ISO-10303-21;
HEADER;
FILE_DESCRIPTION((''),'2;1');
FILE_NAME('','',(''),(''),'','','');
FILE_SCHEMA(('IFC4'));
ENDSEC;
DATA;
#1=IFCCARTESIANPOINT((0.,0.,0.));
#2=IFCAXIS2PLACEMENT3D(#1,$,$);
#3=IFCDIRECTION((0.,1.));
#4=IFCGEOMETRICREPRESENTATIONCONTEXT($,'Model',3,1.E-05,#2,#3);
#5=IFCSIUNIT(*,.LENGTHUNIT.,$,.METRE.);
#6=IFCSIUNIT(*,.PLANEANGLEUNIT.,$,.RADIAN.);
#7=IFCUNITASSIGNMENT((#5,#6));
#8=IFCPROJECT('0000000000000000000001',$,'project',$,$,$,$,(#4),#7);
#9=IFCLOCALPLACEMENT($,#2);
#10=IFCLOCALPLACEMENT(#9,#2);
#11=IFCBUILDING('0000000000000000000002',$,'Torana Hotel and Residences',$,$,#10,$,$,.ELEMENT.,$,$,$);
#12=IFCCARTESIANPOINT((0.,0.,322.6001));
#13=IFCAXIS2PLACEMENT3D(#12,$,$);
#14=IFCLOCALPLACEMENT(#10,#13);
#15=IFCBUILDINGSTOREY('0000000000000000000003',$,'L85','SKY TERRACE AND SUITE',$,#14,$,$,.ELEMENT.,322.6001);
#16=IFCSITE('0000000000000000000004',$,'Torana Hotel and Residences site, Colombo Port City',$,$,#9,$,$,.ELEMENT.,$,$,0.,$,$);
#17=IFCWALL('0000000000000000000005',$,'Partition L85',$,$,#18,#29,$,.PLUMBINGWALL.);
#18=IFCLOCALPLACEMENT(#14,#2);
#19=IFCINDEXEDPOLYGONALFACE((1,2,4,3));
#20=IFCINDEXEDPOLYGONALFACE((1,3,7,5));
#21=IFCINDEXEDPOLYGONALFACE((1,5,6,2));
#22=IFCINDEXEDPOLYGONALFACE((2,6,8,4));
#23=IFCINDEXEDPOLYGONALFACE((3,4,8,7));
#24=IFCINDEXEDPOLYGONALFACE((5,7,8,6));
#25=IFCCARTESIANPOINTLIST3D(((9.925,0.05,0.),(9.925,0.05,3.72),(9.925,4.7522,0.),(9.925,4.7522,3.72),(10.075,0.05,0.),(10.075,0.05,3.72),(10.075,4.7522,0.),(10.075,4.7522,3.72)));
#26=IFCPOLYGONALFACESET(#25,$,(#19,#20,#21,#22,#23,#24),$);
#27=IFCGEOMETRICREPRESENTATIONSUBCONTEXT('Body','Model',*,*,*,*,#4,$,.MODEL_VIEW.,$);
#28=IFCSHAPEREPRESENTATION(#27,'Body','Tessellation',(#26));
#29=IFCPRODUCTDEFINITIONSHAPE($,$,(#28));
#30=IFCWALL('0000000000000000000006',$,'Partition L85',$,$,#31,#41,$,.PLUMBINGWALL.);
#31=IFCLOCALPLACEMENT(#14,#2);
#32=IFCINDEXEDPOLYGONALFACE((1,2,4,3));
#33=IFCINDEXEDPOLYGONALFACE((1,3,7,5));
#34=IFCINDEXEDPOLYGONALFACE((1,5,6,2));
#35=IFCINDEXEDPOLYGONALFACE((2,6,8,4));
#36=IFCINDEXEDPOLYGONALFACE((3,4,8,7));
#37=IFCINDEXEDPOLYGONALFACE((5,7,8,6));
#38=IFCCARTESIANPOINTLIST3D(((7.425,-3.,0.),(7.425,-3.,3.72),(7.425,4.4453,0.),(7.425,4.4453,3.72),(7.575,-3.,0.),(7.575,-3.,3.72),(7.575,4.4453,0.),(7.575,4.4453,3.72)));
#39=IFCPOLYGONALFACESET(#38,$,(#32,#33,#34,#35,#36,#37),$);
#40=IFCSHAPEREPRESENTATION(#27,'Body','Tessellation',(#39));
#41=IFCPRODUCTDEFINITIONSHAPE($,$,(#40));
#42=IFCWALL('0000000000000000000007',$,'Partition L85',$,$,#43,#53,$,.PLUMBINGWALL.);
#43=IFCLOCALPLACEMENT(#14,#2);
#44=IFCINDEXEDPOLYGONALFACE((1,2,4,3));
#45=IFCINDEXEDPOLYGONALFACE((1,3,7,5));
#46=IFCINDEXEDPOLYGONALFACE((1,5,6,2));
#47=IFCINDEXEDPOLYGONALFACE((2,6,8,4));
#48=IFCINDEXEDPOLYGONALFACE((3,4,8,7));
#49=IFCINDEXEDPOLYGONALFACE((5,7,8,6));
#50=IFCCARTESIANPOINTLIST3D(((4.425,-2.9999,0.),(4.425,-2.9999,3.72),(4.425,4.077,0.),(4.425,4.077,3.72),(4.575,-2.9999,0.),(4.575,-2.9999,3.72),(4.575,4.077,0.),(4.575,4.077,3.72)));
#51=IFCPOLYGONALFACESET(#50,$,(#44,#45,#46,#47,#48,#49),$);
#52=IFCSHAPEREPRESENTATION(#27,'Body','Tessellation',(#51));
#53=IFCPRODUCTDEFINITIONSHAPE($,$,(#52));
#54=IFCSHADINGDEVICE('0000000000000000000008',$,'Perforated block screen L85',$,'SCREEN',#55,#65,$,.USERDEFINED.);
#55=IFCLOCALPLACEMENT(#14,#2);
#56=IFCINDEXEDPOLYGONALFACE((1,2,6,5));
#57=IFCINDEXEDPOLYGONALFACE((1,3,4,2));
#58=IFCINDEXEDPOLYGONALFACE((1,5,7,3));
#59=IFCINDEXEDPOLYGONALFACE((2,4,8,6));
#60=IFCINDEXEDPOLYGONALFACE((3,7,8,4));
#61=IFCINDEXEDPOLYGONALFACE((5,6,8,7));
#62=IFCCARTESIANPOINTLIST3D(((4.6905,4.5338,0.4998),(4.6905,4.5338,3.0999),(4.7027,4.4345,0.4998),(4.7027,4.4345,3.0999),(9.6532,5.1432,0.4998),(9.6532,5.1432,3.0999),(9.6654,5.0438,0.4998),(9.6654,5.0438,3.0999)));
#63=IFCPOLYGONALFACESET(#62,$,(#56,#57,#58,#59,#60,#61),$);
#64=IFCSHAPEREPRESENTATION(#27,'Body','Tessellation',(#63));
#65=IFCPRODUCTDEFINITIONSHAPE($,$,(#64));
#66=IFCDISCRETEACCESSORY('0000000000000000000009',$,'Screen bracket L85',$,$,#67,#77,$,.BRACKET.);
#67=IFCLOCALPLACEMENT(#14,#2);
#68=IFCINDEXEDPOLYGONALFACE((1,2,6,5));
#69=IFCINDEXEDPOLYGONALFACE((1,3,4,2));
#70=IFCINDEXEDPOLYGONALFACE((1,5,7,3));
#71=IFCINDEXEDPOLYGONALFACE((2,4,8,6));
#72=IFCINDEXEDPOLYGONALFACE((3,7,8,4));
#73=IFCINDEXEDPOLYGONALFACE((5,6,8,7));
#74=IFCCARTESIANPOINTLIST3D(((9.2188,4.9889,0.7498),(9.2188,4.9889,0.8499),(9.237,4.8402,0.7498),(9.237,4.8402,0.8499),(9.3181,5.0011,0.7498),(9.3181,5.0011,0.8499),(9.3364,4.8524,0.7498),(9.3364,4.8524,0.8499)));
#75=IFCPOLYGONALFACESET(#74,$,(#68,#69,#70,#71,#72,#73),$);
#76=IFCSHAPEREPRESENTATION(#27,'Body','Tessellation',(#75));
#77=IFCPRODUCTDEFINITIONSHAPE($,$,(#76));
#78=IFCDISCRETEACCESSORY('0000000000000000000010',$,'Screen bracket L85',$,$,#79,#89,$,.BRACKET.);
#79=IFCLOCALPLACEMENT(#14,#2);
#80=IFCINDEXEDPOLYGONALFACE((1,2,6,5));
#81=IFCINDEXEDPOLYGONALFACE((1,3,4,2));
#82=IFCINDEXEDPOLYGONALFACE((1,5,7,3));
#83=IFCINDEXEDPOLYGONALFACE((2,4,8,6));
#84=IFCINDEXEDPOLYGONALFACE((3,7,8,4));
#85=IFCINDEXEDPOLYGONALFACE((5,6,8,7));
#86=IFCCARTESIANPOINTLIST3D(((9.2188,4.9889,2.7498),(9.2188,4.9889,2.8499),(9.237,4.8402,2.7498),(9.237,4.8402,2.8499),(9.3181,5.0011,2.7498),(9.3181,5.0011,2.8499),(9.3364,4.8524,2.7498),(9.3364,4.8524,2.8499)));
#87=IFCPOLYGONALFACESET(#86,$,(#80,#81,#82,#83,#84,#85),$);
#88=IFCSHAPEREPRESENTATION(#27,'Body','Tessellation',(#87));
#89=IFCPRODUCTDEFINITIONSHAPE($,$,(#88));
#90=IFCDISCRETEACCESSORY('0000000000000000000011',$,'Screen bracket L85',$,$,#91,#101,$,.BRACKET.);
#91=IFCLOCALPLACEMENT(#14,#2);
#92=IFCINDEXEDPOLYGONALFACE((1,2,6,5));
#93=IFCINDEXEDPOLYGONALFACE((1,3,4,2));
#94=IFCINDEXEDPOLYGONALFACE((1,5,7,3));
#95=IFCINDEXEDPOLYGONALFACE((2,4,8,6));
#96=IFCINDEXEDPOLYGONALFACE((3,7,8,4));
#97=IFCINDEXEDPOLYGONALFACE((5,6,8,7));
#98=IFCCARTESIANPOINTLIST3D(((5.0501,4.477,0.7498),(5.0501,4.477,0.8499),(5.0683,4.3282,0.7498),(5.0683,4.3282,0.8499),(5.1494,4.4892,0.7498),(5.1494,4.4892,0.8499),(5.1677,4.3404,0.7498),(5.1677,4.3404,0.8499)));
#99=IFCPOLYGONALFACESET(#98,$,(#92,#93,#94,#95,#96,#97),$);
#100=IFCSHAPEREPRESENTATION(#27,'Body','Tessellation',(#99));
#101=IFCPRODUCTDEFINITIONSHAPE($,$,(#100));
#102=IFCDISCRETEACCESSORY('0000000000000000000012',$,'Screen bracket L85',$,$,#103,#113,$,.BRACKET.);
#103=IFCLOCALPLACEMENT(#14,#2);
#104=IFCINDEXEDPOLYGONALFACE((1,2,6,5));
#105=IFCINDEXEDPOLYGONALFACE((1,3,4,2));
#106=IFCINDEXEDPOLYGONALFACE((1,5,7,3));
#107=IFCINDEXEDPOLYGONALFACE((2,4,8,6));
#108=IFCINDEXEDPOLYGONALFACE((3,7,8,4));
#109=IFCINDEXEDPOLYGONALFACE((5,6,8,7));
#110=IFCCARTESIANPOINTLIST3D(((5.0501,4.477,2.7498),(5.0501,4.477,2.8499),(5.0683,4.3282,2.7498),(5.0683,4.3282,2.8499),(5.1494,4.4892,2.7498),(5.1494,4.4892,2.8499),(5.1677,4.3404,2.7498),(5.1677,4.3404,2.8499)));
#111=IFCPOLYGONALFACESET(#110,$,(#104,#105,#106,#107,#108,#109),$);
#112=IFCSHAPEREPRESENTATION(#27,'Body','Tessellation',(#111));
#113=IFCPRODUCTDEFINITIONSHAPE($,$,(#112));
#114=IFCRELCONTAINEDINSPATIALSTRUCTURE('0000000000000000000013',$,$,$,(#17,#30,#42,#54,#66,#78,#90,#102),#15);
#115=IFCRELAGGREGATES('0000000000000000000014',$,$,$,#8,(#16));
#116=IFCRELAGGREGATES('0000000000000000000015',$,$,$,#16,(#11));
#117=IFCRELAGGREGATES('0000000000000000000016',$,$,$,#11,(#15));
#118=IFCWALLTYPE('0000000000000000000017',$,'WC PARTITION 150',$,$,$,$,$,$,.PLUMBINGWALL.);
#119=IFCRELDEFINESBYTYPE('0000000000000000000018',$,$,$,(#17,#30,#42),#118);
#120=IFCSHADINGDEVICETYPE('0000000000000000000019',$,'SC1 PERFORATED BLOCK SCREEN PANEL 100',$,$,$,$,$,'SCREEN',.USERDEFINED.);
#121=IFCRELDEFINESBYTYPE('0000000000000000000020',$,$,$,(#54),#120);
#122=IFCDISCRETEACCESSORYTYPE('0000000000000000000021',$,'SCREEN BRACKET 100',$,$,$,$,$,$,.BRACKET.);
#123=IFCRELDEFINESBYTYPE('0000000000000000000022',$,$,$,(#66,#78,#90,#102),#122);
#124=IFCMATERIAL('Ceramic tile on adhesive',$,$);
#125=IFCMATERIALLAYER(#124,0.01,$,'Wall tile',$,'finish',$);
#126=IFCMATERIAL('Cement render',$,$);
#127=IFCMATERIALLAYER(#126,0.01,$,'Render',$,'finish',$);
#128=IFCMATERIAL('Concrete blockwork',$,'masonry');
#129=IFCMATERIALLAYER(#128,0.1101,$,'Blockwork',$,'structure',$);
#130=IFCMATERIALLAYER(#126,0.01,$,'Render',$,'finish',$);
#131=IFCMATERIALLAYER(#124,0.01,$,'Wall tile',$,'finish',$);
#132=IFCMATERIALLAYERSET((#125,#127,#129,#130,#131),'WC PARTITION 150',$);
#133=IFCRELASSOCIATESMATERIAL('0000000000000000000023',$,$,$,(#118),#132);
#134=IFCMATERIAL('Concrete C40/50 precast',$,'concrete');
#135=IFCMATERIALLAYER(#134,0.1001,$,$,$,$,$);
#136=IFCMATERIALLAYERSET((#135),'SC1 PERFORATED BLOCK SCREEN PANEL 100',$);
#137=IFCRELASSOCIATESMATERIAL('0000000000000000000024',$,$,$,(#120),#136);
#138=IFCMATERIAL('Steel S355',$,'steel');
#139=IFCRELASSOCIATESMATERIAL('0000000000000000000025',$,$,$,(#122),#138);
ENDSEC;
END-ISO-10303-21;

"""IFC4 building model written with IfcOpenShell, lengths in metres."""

from ifc_helpers import new_model, si_unit, direction, frame, frame_2d, origin, origin_2d, place, context, subcontext, project, spatial, rectangle, extrude, material, layer, layer_set, type_object, element, save


model = new_model("IFC4")

# Units and contexts
model_context = context("Model", 3, precision=1e-05, world=origin(), true_north=direction((0.0, 1.0)))
body_context = subcontext(model_context, "Body", "Model", "MODEL_VIEW")
ifc_project = project(units=[si_unit("LENGTHUNIT", "METRE"), si_unit("PLANEANGLEUNIT", "RADIAN")], contexts=[model_context])

# Site, building, storey
site_placement = place(None, origin())
site = spatial("IfcSite", under=ifc_project, at=site_placement, Name="Torana Hotel and Residences site, Colombo Port City", CompositionType="ELEMENT", RefElevation=0.0)
building_placement = place(site_placement, origin())
building = spatial("IfcBuilding", under=site, at=building_placement, Name="Torana Hotel and Residences", CompositionType="ELEMENT")
storey_placement = place(building_placement, frame((0.0, 0.0, 322.6001)))
storey = spatial("IfcBuildingStorey", under=building, at=storey_placement, Name="L85", Description="SKY TERRACE AND SUITE", CompositionType="ELEMENT", Elevation=322.6001)

# Walls
ifc_material_1 = material(Name="Concrete blockwork", Category="masonry")
ifc_material_2 = material(Name="Ceramic tile on adhesive")
ifc_layer_1 = layer(ifc_material_2, 0.01, Name="Wall tile", Category="finish")
ifc_material_3 = material(Name="Cement render")
ifc_layer_2 = layer(ifc_material_3, 0.01, Name="Render", Category="finish")
ifc_layer_3 = layer(ifc_material_1, 0.1101, Name="Blockwork", Category="structure")
ifc_layer_4 = layer(ifc_material_3, 0.01, Name="Render", Category="finish")
ifc_layer_5 = layer(ifc_material_2, 0.01, Name="Wall tile", Category="finish")
ifc_layer_set_1 = layer_set([ifc_layer_1, ifc_layer_2, ifc_layer_3, ifc_layer_4, ifc_layer_5], Name="WC PARTITION 150")
wall_type_1 = type_object("IfcWallType", Name="WC PARTITION 150", PredefinedType="PLUMBINGWALL", material=ifc_layer_set_1)
wall_1_placement = place(storey_placement, frame((10.0, 0.05, 0.0), z_axis=(0.0, 0.0, 1.0), x_axis=(0.0, 1.0, 0.0)))
element("IfcWall", 1, at=wall_1_placement, inside=storey, type_object=wall_type_1, Name="Partition L85", PredefinedType="PLUMBINGWALL", context=body_context, shape_type="SweptSolid", body=[
    extrude(rectangle(XDim=4.7021, YDim=0.1499, at=frame_2d((2.3511, 0.0))), origin(), (0.0, 0.0, 1.0), 3.72),
])
wall_2_placement = place(storey_placement, frame((7.5, -3.0, 0.0), z_axis=(0.0, 0.0, 1.0), x_axis=(0.0, 1.0, 0.0)))
element("IfcWall", 2, at=wall_2_placement, inside=storey, type_object=wall_type_1, Name="Partition L85", PredefinedType="PLUMBINGWALL", context=body_context, shape_type="SweptSolid", body=[
    extrude(rectangle(XDim=7.4453, YDim=0.1499, at=frame_2d((3.7227, 0.0))), origin(), (0.0, 0.0, 1.0), 3.72),
])
wall_3_placement = place(storey_placement, frame((4.5, -3.0, 0.0), z_axis=(0.0, 0.0, 1.0), x_axis=(0.0, 1.0, 0.0)))
element("IfcWall", 3, at=wall_3_placement, inside=storey, type_object=wall_type_1, Name="Partition L85", PredefinedType="PLUMBINGWALL", context=body_context, shape_type="SweptSolid", body=[
    extrude(rectangle(XDim=7.0769, YDim=0.1499, at=frame_2d((3.5386, 0.0))), origin(), (0.0, 0.0, 1.0), 3.72),
])

# Shading device
ifc_material_4 = material(Name="Concrete C40/50 precast", Category="concrete")
ifc_layer_6 = layer(ifc_material_4, 0.1001)
ifc_layer_set_2 = layer_set([ifc_layer_6], Name="SC1 PERFORATED BLOCK SCREEN PANEL 100")
shading_device_type = type_object("IfcShadingDeviceType", Name="SC1 PERFORATED BLOCK SCREEN PANEL 100", ElementType="SCREEN", PredefinedType="USERDEFINED", material=ifc_layer_set_2)
shading_device_placement = place(storey_placement, frame((7.178, 4.7888, 0.4998), z_axis=(0.0, 0.0, 1.0), x_axis=(-0.992547, -0.121866, 0.0)))
element("IfcShadingDevice", 4, at=shading_device_placement, inside=storey, type_object=shading_device_type, Name="Perforated block screen L85", ObjectType="SCREEN", PredefinedType="USERDEFINED", context=body_context, shape_type="SweptSolid", body=[
    extrude(rectangle(XDim=5.0, YDim=0.1001, at=origin_2d()), origin(), (0.0, 0.0, 1.0), 2.6001),
])

# Discrete accessories
ifc_material_5 = material(Name="Steel S355", Category="steel")
discrete_accessory_type = type_object("IfcDiscreteAccessoryType", Name="SCREEN BRACKET 100", PredefinedType="BRACKET", material=ifc_material_5)
for number, where, z_axis, x_axis, name in (
    (5, (9.2776, 4.9207, 0.7498), (0.0, 0.0, 1.0), (-0.992547, -0.121866, 0.0), "Screen bracket L85"),
    (6, (9.2776, 4.9207, 2.7498), (0.0, 0.0, 1.0), (-0.992547, -0.121866, 0.0), "Screen bracket L85"),
    (7, (5.1089, 4.4087, 0.7498), (0.0, 0.0, 1.0), (-0.992547, -0.121866, 0.0), "Screen bracket L85"),
    (8, (5.1089, 4.4087, 2.7498), (0.0, 0.0, 1.0), (-0.992547, -0.121866, 0.0), "Screen bracket L85"),
):
    element("IfcDiscreteAccessory", number, at=place(storey_placement, frame(where, z_axis=z_axis, x_axis=x_axis)), inside=storey, type_object=discrete_accessory_type, Name=name, PredefinedType="BRACKET", context=body_context, shape_type="SweptSolid", body=[
        extrude(rectangle(XDim=0.1001, YDim=0.1499, at=origin_2d()), origin(), (0.0, 0.0, 1.0), 0.1001),
    ])

save(model, "model.ifc")
